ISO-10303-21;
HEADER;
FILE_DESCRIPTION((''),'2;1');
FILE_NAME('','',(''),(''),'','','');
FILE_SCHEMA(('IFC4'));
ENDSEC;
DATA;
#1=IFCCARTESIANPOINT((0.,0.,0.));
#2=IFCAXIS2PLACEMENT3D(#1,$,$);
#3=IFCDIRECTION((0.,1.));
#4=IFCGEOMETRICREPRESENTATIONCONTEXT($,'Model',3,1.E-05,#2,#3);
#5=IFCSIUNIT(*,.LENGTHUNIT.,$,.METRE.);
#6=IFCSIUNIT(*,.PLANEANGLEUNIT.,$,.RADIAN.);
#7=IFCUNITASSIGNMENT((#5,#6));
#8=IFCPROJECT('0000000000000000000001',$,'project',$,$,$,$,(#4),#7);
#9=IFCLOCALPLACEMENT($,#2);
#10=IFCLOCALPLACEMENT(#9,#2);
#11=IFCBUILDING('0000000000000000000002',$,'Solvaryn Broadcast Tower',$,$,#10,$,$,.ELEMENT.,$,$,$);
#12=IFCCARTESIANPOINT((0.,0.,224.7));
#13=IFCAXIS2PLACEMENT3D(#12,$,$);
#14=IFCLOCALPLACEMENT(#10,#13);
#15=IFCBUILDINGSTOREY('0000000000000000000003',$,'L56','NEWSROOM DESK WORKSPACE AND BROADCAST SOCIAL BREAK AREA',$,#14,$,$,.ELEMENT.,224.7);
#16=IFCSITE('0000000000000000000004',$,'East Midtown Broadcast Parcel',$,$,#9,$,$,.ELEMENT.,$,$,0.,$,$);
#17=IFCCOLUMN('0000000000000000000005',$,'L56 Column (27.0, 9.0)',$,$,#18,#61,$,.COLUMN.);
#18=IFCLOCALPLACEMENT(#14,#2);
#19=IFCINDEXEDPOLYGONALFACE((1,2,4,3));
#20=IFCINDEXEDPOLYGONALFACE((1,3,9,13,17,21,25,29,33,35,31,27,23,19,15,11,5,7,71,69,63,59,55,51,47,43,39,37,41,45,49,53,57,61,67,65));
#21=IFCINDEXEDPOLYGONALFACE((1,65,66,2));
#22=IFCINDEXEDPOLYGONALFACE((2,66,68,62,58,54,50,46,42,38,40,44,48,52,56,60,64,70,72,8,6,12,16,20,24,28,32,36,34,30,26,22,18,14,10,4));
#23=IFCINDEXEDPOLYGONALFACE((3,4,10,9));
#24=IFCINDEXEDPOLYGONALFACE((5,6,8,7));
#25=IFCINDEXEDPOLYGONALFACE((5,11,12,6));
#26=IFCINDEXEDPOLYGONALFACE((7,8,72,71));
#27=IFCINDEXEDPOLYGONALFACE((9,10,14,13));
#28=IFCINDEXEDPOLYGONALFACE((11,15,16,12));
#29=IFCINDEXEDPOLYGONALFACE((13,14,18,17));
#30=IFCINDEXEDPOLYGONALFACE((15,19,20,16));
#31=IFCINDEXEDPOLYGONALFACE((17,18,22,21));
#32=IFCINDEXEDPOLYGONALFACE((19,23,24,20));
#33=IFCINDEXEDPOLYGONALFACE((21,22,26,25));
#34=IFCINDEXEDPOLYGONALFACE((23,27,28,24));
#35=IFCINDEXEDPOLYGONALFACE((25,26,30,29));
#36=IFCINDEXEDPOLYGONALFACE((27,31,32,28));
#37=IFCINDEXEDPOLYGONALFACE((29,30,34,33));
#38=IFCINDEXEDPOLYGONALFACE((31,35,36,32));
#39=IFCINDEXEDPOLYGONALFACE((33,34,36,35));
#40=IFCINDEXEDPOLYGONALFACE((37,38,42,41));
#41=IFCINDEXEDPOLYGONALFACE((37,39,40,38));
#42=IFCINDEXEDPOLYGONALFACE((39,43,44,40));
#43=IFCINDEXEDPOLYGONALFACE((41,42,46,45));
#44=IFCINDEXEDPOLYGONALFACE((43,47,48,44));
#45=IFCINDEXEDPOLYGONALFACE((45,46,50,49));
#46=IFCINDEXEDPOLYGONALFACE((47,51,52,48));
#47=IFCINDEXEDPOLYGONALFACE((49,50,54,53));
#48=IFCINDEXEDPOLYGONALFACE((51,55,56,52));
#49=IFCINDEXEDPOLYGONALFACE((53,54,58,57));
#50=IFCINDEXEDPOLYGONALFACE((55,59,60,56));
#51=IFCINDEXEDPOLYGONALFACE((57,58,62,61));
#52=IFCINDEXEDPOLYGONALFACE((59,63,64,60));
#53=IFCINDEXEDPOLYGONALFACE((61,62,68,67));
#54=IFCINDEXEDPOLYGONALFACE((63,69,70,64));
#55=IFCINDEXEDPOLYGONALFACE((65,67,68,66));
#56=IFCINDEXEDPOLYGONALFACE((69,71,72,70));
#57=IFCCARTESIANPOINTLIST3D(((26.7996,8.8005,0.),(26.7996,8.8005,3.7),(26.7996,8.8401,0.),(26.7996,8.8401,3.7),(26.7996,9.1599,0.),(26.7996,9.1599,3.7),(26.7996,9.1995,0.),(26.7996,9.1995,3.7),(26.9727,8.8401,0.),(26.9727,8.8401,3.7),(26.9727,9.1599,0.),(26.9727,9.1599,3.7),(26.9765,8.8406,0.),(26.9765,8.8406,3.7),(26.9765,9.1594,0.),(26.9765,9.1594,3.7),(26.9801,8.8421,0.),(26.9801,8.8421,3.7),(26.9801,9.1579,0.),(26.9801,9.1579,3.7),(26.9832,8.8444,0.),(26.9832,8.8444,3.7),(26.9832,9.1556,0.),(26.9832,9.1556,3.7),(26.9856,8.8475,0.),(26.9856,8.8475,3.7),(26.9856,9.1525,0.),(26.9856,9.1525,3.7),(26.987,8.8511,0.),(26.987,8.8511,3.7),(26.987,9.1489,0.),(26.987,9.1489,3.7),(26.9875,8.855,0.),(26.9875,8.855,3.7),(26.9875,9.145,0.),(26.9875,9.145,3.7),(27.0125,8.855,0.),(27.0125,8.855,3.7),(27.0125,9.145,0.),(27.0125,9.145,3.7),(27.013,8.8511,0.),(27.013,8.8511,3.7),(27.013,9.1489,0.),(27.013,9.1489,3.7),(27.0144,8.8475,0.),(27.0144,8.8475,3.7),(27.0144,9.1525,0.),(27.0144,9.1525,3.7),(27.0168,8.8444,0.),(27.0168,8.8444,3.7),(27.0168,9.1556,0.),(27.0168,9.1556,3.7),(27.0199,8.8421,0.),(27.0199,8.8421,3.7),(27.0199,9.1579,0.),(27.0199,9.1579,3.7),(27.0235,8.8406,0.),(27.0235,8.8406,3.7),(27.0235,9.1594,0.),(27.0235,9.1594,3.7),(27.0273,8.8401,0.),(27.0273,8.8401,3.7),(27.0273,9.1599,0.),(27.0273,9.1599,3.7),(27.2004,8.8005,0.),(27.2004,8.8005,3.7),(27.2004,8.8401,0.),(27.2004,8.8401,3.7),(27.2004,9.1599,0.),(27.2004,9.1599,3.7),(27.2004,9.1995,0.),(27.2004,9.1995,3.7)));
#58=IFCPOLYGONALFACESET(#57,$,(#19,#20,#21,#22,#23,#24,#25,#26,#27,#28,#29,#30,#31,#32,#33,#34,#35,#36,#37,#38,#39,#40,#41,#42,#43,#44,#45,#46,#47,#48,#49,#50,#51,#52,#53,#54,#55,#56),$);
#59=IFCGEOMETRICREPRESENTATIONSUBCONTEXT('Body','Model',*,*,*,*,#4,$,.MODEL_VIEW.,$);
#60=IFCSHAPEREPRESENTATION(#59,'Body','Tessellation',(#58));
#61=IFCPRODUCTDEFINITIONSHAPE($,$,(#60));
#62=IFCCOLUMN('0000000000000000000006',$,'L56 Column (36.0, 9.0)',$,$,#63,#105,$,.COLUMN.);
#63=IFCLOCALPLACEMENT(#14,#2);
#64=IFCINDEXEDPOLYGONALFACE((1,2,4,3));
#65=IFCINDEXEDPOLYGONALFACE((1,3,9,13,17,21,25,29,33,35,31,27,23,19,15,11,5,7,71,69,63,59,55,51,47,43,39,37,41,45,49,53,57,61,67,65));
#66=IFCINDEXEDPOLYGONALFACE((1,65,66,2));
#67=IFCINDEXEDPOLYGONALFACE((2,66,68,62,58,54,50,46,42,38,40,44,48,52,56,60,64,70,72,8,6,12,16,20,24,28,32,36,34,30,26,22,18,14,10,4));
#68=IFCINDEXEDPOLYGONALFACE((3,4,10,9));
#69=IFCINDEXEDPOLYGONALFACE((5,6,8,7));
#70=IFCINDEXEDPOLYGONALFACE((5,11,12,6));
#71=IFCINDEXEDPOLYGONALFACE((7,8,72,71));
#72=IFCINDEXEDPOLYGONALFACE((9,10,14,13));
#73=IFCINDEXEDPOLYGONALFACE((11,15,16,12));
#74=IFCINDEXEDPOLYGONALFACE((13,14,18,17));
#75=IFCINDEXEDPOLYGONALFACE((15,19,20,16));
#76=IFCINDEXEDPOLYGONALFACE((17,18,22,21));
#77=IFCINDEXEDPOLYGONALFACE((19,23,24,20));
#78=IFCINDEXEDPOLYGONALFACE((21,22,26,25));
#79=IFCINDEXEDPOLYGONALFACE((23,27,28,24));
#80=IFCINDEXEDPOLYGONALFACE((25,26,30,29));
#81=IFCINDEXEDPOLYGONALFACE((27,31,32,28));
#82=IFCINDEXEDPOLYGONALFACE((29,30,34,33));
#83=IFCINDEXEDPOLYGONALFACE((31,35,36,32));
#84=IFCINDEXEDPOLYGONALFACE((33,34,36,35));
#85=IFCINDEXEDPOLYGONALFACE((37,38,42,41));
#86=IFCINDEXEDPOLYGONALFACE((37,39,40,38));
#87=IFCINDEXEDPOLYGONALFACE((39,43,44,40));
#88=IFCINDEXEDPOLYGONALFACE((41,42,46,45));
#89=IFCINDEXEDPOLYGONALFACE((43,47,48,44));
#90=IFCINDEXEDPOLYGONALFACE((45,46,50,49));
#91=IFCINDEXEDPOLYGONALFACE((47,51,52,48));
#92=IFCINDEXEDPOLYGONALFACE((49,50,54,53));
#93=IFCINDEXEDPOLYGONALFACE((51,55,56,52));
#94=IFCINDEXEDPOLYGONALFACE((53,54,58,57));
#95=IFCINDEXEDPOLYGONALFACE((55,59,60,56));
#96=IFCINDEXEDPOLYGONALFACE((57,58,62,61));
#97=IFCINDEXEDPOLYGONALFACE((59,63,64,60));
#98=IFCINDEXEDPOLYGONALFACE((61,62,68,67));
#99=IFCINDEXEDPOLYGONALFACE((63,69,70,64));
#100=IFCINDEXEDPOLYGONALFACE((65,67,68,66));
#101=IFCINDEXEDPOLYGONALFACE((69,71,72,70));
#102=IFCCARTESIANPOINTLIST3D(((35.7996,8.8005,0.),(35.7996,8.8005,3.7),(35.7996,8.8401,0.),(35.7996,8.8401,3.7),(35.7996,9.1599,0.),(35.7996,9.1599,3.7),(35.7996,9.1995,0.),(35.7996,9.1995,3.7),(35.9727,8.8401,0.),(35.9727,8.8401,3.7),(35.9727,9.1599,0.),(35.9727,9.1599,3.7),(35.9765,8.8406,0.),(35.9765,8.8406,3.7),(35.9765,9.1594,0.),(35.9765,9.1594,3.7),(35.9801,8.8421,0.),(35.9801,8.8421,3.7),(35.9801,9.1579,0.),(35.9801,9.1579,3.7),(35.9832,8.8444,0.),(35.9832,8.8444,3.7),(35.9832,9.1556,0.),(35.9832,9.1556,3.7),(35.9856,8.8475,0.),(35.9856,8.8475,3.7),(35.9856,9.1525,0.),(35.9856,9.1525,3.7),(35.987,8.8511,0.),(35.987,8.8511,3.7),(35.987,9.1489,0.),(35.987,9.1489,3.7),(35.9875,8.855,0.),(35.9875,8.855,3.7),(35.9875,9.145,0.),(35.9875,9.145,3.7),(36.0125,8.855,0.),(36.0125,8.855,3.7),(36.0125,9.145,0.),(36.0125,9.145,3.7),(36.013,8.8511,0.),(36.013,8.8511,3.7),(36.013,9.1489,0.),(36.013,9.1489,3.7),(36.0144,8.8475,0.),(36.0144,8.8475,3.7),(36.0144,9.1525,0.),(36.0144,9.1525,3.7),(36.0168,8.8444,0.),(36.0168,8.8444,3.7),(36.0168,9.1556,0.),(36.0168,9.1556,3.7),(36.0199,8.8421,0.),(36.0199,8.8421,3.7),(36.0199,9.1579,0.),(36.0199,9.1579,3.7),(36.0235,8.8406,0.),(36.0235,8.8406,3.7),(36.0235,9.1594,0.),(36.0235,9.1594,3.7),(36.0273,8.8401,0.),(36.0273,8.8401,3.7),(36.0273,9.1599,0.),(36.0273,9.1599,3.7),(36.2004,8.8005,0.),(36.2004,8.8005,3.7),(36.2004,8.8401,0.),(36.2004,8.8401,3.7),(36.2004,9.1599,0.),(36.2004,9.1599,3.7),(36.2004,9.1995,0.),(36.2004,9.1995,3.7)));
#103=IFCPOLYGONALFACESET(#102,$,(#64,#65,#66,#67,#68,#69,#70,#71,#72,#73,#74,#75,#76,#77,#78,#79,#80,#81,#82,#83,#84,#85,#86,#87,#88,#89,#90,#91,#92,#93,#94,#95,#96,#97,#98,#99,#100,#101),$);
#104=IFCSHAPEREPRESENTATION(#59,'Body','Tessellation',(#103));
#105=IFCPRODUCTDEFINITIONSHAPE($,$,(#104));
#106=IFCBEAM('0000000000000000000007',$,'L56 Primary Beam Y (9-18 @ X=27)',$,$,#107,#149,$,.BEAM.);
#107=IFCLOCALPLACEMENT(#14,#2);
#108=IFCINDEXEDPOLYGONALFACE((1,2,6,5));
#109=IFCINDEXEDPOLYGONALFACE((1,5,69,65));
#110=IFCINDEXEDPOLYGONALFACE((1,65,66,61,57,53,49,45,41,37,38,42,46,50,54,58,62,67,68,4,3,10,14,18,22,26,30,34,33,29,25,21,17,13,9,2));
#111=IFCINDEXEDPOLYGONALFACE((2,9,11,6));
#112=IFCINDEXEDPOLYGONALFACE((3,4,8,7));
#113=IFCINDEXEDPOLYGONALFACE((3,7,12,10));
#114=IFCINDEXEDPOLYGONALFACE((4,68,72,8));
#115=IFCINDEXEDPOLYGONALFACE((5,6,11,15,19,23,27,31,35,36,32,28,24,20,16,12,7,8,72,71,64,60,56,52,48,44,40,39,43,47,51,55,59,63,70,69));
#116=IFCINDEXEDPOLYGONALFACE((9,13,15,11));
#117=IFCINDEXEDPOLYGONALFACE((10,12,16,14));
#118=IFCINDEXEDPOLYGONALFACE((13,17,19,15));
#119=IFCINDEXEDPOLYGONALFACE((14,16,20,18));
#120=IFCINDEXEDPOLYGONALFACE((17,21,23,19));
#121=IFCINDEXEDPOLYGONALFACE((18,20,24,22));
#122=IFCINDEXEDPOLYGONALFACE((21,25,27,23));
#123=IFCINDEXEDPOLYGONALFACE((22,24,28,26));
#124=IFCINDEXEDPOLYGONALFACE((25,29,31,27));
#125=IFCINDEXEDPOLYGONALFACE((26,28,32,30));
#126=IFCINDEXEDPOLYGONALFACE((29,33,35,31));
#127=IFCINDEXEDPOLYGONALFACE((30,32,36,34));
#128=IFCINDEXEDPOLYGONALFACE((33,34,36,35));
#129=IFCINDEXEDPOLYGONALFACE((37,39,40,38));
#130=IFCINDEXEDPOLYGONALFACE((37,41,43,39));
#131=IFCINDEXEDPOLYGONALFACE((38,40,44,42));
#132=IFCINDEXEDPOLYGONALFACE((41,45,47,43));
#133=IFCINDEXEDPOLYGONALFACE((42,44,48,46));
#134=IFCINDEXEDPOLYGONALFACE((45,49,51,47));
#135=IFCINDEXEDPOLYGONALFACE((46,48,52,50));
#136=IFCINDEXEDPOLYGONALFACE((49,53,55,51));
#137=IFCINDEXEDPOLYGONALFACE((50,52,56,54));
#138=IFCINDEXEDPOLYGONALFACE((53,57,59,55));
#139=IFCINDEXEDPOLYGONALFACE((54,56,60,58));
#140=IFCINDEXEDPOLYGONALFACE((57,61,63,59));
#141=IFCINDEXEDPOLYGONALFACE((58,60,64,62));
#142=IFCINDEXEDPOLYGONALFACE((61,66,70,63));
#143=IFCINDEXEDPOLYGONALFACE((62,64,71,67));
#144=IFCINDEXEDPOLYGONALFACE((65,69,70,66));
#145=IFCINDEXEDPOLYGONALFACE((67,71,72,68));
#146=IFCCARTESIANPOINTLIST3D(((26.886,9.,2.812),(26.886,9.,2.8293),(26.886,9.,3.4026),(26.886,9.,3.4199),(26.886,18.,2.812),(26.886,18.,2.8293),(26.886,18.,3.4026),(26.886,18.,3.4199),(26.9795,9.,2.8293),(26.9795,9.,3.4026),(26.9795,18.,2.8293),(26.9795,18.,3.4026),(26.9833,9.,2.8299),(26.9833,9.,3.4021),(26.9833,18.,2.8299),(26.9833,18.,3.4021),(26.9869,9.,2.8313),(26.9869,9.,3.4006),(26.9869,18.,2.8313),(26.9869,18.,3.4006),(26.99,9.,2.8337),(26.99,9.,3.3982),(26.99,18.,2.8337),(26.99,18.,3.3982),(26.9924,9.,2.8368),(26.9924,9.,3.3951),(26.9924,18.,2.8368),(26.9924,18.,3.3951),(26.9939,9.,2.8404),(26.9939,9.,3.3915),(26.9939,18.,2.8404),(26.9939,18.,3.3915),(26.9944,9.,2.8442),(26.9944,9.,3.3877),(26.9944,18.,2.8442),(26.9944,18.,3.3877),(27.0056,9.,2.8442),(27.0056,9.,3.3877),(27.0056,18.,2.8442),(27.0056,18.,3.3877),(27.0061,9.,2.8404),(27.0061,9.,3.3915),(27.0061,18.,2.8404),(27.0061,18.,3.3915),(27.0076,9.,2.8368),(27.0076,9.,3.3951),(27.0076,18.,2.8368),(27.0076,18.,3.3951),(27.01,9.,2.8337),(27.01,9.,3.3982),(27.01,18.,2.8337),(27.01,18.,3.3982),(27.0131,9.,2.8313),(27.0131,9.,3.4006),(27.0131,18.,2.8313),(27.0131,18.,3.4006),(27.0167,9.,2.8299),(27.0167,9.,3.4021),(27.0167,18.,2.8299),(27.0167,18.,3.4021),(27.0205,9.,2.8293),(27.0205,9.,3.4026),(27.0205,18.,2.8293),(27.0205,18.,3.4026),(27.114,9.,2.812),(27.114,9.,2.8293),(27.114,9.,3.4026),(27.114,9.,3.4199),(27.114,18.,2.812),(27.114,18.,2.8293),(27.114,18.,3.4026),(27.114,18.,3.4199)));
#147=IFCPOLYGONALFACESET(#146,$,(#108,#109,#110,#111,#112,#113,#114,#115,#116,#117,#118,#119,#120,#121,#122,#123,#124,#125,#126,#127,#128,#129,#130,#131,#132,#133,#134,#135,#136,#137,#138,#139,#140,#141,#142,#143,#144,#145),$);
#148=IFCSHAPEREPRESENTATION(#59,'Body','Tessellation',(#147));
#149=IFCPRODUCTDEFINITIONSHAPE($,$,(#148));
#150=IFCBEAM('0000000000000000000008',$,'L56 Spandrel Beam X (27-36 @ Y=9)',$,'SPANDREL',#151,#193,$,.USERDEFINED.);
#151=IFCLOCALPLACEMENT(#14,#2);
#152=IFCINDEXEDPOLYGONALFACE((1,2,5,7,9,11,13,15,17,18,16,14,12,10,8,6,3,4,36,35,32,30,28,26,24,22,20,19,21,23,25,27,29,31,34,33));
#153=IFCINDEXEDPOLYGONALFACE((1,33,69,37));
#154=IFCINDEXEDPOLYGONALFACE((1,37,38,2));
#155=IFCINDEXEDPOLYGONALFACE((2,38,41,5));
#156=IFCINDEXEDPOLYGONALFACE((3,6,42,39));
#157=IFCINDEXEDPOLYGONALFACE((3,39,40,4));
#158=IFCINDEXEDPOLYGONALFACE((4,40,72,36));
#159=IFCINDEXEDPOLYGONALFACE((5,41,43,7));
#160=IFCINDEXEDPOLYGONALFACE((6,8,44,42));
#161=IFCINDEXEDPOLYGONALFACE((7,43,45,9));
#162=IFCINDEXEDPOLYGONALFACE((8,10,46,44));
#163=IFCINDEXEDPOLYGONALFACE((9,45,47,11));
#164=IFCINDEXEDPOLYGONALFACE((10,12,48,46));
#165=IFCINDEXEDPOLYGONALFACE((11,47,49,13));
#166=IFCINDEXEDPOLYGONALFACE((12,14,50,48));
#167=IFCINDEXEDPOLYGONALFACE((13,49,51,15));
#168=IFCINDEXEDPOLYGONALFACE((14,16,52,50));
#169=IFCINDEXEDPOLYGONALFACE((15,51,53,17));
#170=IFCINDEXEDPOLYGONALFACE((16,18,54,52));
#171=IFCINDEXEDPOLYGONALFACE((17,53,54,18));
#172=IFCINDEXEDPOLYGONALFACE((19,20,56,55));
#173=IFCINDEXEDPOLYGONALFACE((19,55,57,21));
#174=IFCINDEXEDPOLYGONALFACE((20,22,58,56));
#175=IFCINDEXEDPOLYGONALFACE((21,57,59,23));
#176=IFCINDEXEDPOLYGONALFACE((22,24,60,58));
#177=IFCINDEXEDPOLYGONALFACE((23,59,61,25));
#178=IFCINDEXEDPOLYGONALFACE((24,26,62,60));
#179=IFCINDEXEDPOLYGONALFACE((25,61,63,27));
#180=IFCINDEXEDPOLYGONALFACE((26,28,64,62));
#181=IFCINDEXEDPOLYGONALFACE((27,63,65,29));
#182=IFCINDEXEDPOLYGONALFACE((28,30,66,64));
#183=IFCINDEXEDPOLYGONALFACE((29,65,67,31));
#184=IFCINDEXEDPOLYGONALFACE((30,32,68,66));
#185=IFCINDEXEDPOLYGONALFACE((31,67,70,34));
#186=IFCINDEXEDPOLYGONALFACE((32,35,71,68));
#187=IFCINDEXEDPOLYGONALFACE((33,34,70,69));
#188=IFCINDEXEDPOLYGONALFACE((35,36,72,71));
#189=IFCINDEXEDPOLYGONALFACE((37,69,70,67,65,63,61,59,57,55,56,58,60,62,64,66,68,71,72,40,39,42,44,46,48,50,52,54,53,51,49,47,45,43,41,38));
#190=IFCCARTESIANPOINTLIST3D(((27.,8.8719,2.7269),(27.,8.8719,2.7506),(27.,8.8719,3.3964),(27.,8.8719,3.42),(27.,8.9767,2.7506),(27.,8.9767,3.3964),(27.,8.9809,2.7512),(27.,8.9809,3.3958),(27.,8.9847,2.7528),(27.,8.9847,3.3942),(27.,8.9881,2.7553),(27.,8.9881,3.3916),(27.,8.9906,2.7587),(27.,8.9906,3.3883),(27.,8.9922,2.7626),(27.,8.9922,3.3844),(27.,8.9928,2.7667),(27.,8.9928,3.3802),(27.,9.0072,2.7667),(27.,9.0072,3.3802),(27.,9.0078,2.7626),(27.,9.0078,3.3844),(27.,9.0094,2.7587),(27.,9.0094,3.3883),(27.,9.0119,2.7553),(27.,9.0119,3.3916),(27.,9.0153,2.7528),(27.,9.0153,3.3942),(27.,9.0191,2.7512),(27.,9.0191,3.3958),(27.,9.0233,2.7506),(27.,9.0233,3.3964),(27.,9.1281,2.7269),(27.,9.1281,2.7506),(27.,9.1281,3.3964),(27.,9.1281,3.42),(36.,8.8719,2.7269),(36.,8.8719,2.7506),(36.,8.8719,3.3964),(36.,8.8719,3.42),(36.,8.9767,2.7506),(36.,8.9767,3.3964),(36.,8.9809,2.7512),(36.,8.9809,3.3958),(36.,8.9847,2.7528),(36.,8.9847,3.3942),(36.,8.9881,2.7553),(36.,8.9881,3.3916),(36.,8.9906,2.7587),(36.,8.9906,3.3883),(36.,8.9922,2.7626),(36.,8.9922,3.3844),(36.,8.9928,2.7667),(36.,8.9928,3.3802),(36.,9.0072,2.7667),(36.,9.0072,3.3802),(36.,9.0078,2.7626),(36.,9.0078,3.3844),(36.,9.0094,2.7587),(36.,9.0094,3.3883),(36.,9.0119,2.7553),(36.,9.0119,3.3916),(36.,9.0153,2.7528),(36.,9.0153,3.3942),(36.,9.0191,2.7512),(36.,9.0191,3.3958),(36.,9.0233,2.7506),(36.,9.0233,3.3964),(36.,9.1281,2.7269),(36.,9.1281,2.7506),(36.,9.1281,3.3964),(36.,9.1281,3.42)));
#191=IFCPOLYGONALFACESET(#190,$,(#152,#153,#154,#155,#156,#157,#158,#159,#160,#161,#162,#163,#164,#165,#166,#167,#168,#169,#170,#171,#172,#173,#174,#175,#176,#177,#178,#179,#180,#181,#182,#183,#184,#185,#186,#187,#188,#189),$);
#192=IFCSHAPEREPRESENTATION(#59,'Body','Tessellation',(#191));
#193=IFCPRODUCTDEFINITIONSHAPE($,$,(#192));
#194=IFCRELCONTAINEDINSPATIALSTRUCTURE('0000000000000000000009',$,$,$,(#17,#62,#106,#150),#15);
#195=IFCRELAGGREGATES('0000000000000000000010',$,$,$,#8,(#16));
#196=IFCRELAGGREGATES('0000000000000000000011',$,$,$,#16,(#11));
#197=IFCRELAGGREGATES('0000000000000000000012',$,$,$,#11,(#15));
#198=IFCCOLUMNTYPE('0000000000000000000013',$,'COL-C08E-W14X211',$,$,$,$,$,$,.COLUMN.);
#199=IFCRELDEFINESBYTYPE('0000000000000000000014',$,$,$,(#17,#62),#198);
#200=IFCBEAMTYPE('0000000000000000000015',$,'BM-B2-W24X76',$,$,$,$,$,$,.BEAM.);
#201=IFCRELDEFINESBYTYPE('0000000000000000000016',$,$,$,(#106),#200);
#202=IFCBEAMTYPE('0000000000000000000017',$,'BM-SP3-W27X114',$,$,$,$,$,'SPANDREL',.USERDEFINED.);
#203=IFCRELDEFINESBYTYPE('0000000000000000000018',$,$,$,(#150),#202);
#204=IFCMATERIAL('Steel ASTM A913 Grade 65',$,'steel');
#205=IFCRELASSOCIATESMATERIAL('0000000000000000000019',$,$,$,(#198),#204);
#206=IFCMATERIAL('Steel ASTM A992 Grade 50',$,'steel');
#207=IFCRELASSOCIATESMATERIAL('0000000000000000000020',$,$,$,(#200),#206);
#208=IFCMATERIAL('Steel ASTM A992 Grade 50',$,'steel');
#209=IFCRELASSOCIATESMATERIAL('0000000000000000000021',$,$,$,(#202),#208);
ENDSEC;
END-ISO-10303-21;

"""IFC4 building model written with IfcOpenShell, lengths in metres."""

from ifc_helpers import new_model, si_unit, direction, frame, origin, origin_2d, place, context, subcontext, project, spatial, i_section, extrude, material, material_profile, profile_set, type_object, element, save


model = new_model("IFC4")

# Units and contexts
model_context = context("Model", 3, precision=1e-05, world=origin(), true_north=direction((0.0, 1.0)))
body_context = subcontext(model_context, "Body", "Model", "MODEL_VIEW")
ifc_project = project(units=[si_unit("LENGTHUNIT", "METRE"), si_unit("PLANEANGLEUNIT", "RADIAN")], contexts=[model_context])

# Site, building, storey
site_placement = place(None, origin())
site = spatial("IfcSite", under=ifc_project, at=site_placement, Name="East Midtown Broadcast Parcel", CompositionType="ELEMENT", RefElevation=0.0)
building_placement = place(site_placement, origin())
building = spatial("IfcBuilding", under=site, at=building_placement, Name="Solvaryn Broadcast Tower", CompositionType="ELEMENT")
storey_placement = place(building_placement, frame((0.0, 0.0, 224.7)))
storey = spatial("IfcBuildingStorey", under=building, at=storey_placement, Name="L56", Description="NEWSROOM DESK WORKSPACE AND BROADCAST SOCIAL BREAK AREA", CompositionType="ELEMENT", Elevation=224.7)

# Columns
ifc_material_1 = material(Name="Steel ASTM A913 Grade 65", Category="steel")
ifc_material_profile_1 = material_profile(ifc_material_1, i_section(OverallWidth=0.4009, OverallDepth=0.3989, WebThickness=0.0249, FlangeThickness=0.0396, FilletRadius=0.0149, at=origin_2d()))
ifc_profile_set_1 = profile_set([ifc_material_profile_1], Name="Steel ASTM A913 Grade 65")
column_type = type_object("IfcColumnType", Name="COL-C08E-W14X211", PredefinedType="COLUMN", material=ifc_profile_set_1)
for number, where, z_axis, x_axis, name in (
    (1, (27.0, 9.0, 0.0), (0.0, 0.0, 1.0), (1.0, 0.0, 0.0), "L56 Column (27.0, 9.0)"),
    (2, (36.0, 9.0, 0.0), (0.0, 0.0, 1.0), (1.0, 0.0, 0.0), "L56 Column (36.0, 9.0)"),
):
    element("IfcColumn", number, at=place(storey_placement, frame(where, z_axis=z_axis, x_axis=x_axis)), inside=storey, type_object=column_type, Name=name, PredefinedType="COLUMN", context=body_context, shape_type="SweptSolid", body=[
        extrude(i_section(OverallWidth=0.4009, OverallDepth=0.3989, WebThickness=0.0249, FlangeThickness=0.0396, FilletRadius=0.0149, at=origin_2d()), origin(), (0.0, 0.0, 1.0), 3.7),
    ])

# Beams
ifc_material_2 = material(Name="Steel ASTM A992 Grade 50", Category="steel")
ifc_material_profile_2 = material_profile(ifc_material_2, i_section(OverallWidth=0.228, OverallDepth=0.6079, WebThickness=0.0112, FlangeThickness=0.0173, FilletRadius=0.0149, at=origin_2d()))
ifc_profile_set_2 = profile_set([ifc_material_profile_2], Name="Steel ASTM A992 Grade 50")
beam_type_1 = type_object("IfcBeamType", Name="BM-B2-W24X76", PredefinedType="BEAM", material=ifc_profile_set_2)
beam_1_placement = place(storey_placement, frame((27.0, 9.0, 3.116), z_axis=(0.0, 1.0, 0.0), x_axis=(-1.0, 0.0, 0.0)))
element("IfcBeam", 3, at=beam_1_placement, inside=storey, type_object=beam_type_1, Name="L56 Primary Beam Y (9-18 @ X=27)", PredefinedType="BEAM", context=body_context, shape_type="SweptSolid", body=[
    extrude(i_section(OverallWidth=0.228, OverallDepth=0.6079, WebThickness=0.0112, FlangeThickness=0.0173, FilletRadius=0.0149, at=origin_2d()), origin(), (0.0, 0.0, 1.0), 9.0),
])
ifc_material_3 = material(Name="Steel ASTM A992 Grade 50", Category="steel")
ifc_material_profile_3 = material_profile(ifc_material_3, i_section(OverallWidth=0.2561, OverallDepth=0.6931, WebThickness=0.0144, FlangeThickness=0.0237, FilletRadius=0.0161, at=origin_2d()))
ifc_profile_set_3 = profile_set([ifc_material_profile_3], Name="Steel ASTM A992 Grade 50")
beam_type_2 = type_object("IfcBeamType", Name="BM-SP3-W27X114", ElementType="SPANDREL", PredefinedType="USERDEFINED", material=ifc_profile_set_3)
beam_2_placement = place(storey_placement, frame((27.0, 9.0, 3.0735), z_axis=(1.0, 0.0, 0.0), x_axis=(0.0, 1.0, 0.0)))
element("IfcBeam", 4, at=beam_2_placement, inside=storey, type_object=beam_type_2, Name="L56 Spandrel Beam X (27-36 @ Y=9)", ObjectType="SPANDREL", PredefinedType="USERDEFINED", context=body_context, shape_type="SweptSolid", body=[
    extrude(i_section(OverallWidth=0.2561, OverallDepth=0.6931, WebThickness=0.0144, FlangeThickness=0.0237, FilletRadius=0.0161, at=origin_2d()), origin(), (0.0, 0.0, 1.0), 9.0),
])

save(model, "model.ifc")
